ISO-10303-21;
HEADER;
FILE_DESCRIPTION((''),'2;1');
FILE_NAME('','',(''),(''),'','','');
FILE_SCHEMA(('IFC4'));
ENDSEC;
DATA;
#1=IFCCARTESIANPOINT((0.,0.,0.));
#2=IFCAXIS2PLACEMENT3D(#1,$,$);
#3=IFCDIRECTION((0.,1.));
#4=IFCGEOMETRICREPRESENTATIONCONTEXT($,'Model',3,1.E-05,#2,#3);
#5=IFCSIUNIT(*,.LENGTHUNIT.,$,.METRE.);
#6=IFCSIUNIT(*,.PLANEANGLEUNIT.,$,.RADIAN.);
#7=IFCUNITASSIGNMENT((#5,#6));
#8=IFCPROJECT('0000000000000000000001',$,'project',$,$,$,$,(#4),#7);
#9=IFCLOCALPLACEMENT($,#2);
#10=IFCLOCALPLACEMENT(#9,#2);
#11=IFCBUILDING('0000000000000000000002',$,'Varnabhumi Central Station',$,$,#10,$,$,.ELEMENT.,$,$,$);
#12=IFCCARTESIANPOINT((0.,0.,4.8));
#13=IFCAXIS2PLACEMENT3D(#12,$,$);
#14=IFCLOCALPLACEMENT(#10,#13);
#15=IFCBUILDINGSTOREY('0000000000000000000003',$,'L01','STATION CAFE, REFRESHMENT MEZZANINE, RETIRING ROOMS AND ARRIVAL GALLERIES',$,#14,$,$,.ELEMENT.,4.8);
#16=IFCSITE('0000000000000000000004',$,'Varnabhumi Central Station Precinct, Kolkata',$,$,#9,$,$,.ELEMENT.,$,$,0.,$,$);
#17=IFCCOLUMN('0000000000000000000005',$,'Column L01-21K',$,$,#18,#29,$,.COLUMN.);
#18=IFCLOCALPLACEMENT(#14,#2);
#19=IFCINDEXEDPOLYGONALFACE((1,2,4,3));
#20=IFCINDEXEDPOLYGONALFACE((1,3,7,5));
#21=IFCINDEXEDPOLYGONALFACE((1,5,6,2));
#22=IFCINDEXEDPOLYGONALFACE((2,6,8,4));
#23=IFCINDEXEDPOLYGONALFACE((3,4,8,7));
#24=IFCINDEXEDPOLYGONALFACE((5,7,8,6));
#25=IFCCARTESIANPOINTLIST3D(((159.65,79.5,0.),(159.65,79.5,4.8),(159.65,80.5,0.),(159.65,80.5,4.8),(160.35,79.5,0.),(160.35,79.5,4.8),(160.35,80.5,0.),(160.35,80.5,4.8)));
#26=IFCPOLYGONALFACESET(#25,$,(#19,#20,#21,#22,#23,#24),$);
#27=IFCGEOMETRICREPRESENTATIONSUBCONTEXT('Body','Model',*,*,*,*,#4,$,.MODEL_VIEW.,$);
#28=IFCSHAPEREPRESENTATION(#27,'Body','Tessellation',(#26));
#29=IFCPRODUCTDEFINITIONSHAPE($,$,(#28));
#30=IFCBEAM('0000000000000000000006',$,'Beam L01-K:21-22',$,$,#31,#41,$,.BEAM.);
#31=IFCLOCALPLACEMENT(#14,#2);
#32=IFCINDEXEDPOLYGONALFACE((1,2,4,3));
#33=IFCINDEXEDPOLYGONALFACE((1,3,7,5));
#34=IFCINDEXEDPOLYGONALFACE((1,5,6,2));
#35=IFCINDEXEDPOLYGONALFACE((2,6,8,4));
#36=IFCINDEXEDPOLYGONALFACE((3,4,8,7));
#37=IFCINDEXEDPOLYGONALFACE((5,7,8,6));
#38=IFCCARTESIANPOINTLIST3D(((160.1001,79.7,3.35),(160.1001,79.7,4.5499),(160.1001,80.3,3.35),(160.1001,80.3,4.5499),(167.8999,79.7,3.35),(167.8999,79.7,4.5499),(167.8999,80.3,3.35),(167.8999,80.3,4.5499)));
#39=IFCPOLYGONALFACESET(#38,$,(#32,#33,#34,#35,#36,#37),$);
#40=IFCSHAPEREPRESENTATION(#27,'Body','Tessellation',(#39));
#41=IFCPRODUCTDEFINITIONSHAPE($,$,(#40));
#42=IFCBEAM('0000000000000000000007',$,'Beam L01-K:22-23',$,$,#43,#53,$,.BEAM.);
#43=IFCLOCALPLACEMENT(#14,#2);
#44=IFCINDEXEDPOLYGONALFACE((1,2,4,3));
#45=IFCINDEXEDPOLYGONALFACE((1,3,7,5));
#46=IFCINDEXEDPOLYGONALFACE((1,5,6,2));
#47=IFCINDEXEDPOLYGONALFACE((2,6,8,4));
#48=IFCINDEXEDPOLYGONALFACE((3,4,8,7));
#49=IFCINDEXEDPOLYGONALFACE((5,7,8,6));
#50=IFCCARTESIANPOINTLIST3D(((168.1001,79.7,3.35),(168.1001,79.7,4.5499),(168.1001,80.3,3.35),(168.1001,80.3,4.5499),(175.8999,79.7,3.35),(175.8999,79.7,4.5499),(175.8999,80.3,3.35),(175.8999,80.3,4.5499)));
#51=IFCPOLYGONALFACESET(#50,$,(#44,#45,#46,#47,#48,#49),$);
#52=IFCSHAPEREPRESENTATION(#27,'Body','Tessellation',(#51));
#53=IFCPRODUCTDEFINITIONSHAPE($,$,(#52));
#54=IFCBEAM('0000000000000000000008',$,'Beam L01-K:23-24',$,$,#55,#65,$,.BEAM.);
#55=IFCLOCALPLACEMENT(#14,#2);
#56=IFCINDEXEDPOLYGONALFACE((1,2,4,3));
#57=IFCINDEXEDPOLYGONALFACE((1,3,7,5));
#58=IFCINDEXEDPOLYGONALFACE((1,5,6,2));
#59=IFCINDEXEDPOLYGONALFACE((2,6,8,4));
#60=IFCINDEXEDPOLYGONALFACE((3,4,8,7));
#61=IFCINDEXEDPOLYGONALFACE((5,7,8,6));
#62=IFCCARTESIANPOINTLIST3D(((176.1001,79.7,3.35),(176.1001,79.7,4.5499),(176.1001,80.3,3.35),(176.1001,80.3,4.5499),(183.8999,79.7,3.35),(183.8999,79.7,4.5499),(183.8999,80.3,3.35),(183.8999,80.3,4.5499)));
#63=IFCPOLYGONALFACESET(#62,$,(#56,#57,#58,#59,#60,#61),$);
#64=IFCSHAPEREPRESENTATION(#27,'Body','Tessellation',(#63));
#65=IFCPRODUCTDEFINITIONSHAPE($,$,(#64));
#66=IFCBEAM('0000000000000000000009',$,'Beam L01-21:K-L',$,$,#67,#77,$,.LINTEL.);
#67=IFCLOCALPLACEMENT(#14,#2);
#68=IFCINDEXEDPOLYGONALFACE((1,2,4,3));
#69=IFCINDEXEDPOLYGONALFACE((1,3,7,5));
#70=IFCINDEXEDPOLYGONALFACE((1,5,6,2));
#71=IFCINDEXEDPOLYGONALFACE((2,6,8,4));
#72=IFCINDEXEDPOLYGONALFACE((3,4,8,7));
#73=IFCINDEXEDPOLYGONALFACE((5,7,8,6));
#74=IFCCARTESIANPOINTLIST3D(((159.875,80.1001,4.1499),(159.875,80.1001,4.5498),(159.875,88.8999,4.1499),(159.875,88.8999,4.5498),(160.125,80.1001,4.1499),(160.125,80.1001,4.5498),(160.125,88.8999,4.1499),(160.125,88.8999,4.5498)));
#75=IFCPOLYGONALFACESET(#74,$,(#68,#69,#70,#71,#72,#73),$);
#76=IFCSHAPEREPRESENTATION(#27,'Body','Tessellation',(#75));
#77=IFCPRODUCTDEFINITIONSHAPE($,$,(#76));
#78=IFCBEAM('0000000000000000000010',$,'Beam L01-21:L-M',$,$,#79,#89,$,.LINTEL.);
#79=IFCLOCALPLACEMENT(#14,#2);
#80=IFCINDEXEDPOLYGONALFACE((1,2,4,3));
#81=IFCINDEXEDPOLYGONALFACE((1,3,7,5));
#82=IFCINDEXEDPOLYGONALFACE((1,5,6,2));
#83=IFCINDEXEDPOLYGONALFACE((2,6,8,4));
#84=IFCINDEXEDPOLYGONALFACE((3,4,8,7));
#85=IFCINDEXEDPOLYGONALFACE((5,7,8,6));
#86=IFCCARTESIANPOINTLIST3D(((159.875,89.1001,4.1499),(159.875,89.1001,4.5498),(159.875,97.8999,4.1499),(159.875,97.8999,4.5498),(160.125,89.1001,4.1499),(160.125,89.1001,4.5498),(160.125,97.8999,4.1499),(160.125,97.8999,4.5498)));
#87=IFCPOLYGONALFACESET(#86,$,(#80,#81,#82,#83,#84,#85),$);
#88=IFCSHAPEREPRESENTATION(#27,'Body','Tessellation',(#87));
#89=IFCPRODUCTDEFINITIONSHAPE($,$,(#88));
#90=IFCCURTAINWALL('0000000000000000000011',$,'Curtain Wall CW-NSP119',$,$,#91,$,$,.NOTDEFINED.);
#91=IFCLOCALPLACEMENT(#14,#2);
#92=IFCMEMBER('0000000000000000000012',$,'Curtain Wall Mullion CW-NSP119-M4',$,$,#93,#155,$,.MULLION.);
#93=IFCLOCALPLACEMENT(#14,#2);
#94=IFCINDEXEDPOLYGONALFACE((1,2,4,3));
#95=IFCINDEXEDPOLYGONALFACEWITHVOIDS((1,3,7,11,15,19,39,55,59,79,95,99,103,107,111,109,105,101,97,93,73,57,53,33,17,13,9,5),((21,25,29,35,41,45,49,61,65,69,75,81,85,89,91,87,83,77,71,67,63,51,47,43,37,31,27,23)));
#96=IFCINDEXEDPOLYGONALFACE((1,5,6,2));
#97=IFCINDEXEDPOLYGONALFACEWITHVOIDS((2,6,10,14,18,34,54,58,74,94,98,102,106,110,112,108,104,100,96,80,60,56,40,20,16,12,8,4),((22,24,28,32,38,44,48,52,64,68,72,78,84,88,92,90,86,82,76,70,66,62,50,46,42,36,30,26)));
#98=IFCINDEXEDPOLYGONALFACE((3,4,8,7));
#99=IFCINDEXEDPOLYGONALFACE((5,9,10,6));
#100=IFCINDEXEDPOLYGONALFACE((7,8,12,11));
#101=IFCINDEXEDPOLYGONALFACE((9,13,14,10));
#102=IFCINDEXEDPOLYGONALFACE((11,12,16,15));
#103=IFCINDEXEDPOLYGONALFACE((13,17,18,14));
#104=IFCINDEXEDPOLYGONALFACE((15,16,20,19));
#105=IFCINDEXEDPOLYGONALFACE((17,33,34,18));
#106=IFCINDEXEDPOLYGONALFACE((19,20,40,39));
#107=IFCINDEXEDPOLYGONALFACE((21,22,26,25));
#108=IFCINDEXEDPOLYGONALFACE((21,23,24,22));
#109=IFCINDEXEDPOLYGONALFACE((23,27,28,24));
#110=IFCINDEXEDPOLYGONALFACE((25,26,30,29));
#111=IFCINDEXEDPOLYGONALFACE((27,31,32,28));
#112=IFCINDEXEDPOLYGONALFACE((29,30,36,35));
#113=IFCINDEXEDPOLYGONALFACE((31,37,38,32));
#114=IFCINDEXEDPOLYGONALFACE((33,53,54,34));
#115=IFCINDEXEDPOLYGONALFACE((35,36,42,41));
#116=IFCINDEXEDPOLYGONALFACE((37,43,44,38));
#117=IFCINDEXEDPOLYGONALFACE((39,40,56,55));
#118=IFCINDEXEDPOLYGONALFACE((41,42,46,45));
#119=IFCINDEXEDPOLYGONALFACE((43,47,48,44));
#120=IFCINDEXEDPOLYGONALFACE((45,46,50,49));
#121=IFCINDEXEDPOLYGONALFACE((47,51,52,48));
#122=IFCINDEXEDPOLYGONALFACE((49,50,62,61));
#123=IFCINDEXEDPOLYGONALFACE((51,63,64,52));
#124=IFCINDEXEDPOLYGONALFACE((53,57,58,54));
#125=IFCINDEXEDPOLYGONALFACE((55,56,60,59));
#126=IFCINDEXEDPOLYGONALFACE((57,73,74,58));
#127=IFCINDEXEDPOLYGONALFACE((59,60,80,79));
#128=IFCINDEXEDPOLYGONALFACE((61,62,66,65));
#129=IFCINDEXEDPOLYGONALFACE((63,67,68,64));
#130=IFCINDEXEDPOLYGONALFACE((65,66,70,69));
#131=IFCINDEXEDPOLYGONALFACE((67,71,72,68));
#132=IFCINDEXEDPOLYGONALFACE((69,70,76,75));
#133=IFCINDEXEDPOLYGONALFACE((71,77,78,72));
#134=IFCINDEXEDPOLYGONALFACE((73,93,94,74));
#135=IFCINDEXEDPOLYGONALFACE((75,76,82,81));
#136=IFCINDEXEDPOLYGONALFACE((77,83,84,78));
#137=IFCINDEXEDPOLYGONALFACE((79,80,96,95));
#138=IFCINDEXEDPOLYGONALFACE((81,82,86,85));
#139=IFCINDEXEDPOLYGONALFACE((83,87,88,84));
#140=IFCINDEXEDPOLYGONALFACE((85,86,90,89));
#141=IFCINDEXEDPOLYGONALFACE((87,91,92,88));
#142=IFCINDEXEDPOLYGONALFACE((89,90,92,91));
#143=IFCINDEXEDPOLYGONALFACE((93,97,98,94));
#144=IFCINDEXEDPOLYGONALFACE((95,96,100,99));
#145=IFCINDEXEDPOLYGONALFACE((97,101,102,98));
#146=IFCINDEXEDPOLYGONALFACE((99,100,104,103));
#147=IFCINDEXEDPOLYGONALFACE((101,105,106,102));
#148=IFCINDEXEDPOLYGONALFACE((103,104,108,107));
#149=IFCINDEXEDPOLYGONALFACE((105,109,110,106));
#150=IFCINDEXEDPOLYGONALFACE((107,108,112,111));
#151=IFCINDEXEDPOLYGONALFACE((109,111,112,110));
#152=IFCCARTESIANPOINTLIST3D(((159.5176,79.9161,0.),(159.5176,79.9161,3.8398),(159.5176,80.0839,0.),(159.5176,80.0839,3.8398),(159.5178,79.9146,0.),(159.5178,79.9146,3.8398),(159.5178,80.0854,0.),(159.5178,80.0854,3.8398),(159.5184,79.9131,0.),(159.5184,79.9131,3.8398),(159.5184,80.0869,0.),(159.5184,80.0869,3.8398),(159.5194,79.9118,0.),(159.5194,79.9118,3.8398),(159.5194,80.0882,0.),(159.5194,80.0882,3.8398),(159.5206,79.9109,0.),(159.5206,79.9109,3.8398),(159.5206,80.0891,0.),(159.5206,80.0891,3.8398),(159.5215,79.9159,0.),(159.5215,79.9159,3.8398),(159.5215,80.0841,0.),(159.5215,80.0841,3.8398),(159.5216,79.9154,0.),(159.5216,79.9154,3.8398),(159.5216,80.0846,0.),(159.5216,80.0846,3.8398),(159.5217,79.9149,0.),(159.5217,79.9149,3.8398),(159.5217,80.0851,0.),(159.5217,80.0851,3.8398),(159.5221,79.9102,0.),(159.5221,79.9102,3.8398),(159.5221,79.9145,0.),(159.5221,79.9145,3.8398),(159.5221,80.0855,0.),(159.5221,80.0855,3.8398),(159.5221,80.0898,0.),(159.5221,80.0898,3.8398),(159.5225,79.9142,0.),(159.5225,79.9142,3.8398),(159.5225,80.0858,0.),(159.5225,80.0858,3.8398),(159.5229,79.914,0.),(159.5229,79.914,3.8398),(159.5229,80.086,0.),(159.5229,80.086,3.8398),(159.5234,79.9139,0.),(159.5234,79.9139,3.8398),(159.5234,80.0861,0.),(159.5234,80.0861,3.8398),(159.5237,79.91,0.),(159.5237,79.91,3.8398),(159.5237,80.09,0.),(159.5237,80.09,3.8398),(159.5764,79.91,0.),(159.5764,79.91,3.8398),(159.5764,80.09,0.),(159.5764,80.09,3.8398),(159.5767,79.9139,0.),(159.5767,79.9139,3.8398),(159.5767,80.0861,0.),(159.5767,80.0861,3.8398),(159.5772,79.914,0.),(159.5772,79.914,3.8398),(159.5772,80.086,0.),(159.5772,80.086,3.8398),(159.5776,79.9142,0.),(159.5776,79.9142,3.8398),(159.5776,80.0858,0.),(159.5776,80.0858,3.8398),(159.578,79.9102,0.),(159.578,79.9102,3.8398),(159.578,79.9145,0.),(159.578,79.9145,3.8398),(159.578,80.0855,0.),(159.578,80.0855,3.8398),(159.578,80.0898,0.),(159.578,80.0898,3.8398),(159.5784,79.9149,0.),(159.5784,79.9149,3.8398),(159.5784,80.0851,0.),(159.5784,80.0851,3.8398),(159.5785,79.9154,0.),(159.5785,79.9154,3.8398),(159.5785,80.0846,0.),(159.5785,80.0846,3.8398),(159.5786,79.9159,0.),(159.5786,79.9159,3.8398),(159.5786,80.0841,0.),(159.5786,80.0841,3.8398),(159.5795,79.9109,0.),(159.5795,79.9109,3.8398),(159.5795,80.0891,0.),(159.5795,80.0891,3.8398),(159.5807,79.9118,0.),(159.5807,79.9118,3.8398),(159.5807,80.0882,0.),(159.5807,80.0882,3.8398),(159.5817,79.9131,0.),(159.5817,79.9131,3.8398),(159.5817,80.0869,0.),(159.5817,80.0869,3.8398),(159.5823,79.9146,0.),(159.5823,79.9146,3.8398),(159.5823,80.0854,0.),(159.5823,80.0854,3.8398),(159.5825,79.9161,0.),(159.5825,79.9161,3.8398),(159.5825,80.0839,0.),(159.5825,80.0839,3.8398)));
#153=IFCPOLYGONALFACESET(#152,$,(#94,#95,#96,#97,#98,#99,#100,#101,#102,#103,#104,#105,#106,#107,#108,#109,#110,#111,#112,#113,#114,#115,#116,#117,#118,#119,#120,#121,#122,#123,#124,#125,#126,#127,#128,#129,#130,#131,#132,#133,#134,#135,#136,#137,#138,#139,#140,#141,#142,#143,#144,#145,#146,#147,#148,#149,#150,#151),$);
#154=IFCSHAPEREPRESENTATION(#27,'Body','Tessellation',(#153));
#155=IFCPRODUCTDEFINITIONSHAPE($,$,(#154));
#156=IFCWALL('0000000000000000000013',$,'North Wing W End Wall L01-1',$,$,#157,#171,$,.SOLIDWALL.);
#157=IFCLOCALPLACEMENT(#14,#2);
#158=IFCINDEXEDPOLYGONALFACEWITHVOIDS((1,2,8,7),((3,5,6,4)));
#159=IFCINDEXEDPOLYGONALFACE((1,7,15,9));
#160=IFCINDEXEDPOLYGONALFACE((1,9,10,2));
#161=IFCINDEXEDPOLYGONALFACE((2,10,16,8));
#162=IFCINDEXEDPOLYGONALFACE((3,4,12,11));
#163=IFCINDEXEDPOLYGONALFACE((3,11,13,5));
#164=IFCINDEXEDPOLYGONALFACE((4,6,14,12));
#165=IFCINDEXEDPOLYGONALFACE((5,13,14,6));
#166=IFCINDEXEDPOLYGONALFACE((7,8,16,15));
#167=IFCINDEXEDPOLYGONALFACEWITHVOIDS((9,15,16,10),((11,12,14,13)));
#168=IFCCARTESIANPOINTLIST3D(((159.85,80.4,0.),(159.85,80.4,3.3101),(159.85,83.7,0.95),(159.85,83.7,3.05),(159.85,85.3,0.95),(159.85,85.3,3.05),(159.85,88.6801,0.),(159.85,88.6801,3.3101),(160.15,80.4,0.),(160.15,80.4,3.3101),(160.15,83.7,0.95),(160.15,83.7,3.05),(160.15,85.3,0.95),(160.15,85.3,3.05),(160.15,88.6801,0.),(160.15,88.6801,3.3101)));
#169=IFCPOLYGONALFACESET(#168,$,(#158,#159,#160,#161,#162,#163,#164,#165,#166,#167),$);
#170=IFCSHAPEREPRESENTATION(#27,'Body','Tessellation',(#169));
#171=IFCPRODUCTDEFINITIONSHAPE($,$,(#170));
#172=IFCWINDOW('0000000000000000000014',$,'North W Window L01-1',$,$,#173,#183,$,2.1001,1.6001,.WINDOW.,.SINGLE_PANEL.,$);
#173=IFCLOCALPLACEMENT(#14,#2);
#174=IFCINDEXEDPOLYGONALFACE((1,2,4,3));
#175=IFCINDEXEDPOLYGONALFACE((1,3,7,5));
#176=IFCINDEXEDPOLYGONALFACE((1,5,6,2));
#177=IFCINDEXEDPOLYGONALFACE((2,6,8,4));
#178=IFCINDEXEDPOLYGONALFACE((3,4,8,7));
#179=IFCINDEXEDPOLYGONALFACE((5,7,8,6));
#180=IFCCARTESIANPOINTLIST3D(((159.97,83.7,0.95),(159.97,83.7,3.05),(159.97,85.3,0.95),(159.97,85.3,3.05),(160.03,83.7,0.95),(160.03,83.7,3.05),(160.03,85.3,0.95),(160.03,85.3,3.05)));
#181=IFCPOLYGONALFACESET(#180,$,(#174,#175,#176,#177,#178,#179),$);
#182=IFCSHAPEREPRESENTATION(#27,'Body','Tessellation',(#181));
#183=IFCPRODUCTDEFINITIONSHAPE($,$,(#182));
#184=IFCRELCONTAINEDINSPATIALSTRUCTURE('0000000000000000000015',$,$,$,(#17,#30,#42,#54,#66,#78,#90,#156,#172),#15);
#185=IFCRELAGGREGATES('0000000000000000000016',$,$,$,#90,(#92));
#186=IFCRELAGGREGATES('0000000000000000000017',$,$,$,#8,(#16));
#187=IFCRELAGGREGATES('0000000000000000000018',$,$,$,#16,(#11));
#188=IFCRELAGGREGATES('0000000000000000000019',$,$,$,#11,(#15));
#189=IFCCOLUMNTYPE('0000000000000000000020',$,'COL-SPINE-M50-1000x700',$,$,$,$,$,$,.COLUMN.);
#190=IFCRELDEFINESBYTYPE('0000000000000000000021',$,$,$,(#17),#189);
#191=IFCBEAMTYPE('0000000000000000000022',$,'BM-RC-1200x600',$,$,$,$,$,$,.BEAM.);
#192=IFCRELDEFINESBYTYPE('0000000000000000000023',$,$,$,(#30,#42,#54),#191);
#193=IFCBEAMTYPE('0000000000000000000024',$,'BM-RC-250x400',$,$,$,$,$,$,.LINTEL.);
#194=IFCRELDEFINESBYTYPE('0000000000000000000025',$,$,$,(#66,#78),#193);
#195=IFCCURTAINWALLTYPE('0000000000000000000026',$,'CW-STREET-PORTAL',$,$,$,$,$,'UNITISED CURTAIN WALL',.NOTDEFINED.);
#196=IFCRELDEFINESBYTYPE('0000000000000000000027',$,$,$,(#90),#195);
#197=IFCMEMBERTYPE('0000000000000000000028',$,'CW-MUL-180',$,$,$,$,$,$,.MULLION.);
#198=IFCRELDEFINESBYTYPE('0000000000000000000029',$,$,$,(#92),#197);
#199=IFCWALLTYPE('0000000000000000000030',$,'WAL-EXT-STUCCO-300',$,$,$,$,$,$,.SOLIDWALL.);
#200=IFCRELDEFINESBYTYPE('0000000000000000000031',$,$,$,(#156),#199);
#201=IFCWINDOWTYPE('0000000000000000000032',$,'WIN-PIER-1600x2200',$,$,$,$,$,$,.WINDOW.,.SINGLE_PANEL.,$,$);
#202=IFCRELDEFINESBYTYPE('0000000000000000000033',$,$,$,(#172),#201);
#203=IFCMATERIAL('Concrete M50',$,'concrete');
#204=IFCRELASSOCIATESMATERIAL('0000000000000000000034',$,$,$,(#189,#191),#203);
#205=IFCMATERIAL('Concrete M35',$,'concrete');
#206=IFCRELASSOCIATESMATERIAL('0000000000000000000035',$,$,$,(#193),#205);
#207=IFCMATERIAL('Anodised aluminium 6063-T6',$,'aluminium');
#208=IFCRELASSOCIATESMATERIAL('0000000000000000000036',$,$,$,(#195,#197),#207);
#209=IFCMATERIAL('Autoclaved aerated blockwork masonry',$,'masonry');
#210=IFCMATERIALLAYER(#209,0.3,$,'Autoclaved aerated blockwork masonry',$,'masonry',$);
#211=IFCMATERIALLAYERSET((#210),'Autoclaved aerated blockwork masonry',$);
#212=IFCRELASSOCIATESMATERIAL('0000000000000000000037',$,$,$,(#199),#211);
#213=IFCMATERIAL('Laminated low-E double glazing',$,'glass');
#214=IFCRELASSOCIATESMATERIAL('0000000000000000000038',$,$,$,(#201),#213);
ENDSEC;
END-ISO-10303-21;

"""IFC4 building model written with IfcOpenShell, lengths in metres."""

from ifc_helpers import new_model, si_unit, direction, frame, frame_2d, origin, origin_2d, place, context, subcontext, project, spatial, rectangle, hollow_rectangle, extrude, material, layer, layer_set, material_profile, profile_set, type_object, element, fill, aggregate, save


model = new_model("IFC4")

# Units and contexts
model_context = context("Model", 3, precision=1e-05, world=origin(), true_north=direction((0.0, 1.0)))
body_context = subcontext(model_context, "Body", "Model", "MODEL_VIEW")
ifc_project = project(units=[si_unit("LENGTHUNIT", "METRE"), si_unit("PLANEANGLEUNIT", "RADIAN")], contexts=[model_context])

# Site, building, storey
site_placement = place(None, origin())
site = spatial("IfcSite", under=ifc_project, at=site_placement, Name="Varnabhumi Central Station Precinct, Kolkata", CompositionType="ELEMENT", RefElevation=0.0)
building_placement = place(site_placement, origin())
building = spatial("IfcBuilding", under=site, at=building_placement, Name="Varnabhumi Central Station", CompositionType="ELEMENT")
storey_placement = place(building_placement, frame((0.0, 0.0, 4.8)))
storey = spatial("IfcBuildingStorey", under=building, at=storey_placement, Name="L01", Description="STATION CAFE, REFRESHMENT MEZZANINE, RETIRING ROOMS AND ARRIVAL GALLERIES", CompositionType="ELEMENT", Elevation=4.8)

# Column
ifc_material_1 = material(Name="Concrete M50", Category="concrete")
ifc_material_profile_1 = material_profile(ifc_material_1, rectangle(XDim=0.7, YDim=1.0, at=origin_2d()), Name="Concrete M50", Category="concrete")
ifc_profile_set_1 = profile_set([ifc_material_profile_1], Name="Concrete M50")
column_type_1 = type_object("IfcColumnType", Name="COL-SPINE-M50-1000x700", PredefinedType="COLUMN", material=ifc_profile_set_1)
column_1_placement = place(storey_placement, frame((160.0, 80.0, 0.0), z_axis=(0.0, 0.0, 1.0), x_axis=(1.0, 0.0, 0.0)))
element("IfcColumn", 1, at=column_1_placement, inside=storey, type_object=column_type_1, Name="Column L01-21K", PredefinedType="COLUMN", context=body_context, shape_type="SweptSolid", body=[
    extrude(rectangle(XDim=0.7, YDim=1.0, at=origin_2d()), origin(), (0.0, 0.0, 1.0), 4.8),
])

# Beams
ifc_material_profile_2 = material_profile(ifc_material_1, rectangle(XDim=0.6001, YDim=1.2, at=origin_2d()), Name="Concrete M50", Category="concrete")
ifc_profile_set_2 = profile_set([ifc_material_profile_2], Name="Concrete M50")
beam_type_1 = type_object("IfcBeamType", Name="BM-RC-1200x600", PredefinedType="BEAM", material=ifc_profile_set_2)
for number, where, z_axis, x_axis, name in (
    (2, (160.1001, 80.0, 3.95), (1.0, 0.0, 0.0), (0.0, 1.0, 0.0), "Beam L01-K:21-22"),
    (3, (168.1001, 80.0, 3.95), (1.0, 0.0, 0.0), (0.0, 1.0, 0.0), "Beam L01-K:22-23"),
    (4, (176.1001, 80.0, 3.95), (1.0, 0.0, 0.0), (0.0, 1.0, 0.0), "Beam L01-K:23-24"),
):
    element("IfcBeam", number, at=place(storey_placement, frame(where, z_axis=z_axis, x_axis=x_axis)), inside=storey, type_object=beam_type_1, Name=name, PredefinedType="BEAM", context=body_context, shape_type="SweptSolid", body=[
        extrude(rectangle(XDim=0.6001, YDim=1.2, at=origin_2d()), origin(), (0.0, 0.0, 1.0), 7.7998),
    ])
ifc_material_2 = material(Name="Concrete M35", Category="concrete")
ifc_material_profile_3 = material_profile(ifc_material_2, rectangle(XDim=0.25, YDim=0.3999, at=origin_2d()), Name="Concrete M35", Category="concrete")
ifc_profile_set_3 = profile_set([ifc_material_profile_3], Name="Concrete M35")
beam_type_2 = type_object("IfcBeamType", Name="BM-RC-250x400", PredefinedType="LINTEL", material=ifc_profile_set_3)
for number, where, z_axis, x_axis, name in (
    (5, (160.0, 80.1001, 4.3499), (0.0, 1.0, 0.0), (-1.0, 0.0, 0.0), "Beam L01-21:K-L"),
    (6, (160.0, 89.1001, 4.3499), (0.0, 1.0, 0.0), (-1.0, 0.0, 0.0), "Beam L01-21:L-M"),
):
    element("IfcBeam", number, at=place(storey_placement, frame(where, z_axis=z_axis, x_axis=x_axis)), inside=storey, type_object=beam_type_2, Name=name, PredefinedType="LINTEL", context=body_context, shape_type="SweptSolid", body=[
        extrude(rectangle(XDim=0.25, YDim=0.3999, at=origin_2d()), origin(), (0.0, 0.0, 1.0), 8.7998),
    ])

# Curtain wall, member
ifc_material_3 = material(Name="Anodised aluminium 6063-T6", Category="aluminium")
curtain_wall_type = type_object("IfcCurtainWallType", Name="CW-STREET-PORTAL", ElementType="UNITISED CURTAIN WALL", PredefinedType="NOTDEFINED", material=ifc_material_3)
curtain_wall_placement = place(storey_placement, origin())
curtain_wall = element("IfcCurtainWall", 7, at=curtain_wall_placement, inside=storey, type_object=curtain_wall_type, Name="Curtain Wall CW-NSP119", PredefinedType="NOTDEFINED")
ifc_material_profile_4 = material_profile(ifc_material_3, hollow_rectangle(XDim=0.0649, YDim=0.1799, WallThickness=0.0039, InnerFilletRadius=0.002, OuterFilletRadius=0.0061, at=origin_2d()), Name="Anodised aluminium 6063-T6", Category="aluminium")
ifc_profile_set_4 = profile_set([ifc_material_profile_4], Name="Anodised aluminium 6063-T6")
member_type = type_object("IfcMemberType", Name="CW-MUL-180", PredefinedType="MULLION", material=ifc_profile_set_4)
member_placement = place(storey_placement, frame((159.55, 80.0, 0.0), z_axis=(0.0, 0.0, 1.0), x_axis=(1.0, 0.0, 0.0)))
member = element("IfcMember", 8, at=member_placement, type_object=member_type, Name="Curtain Wall Mullion CW-NSP119-M4", PredefinedType="MULLION", context=body_context, shape_type="SweptSolid", body=[
    extrude(hollow_rectangle(XDim=0.0649, YDim=0.1799, WallThickness=0.0039, InnerFilletRadius=0.002, OuterFilletRadius=0.0061, at=origin_2d()), origin(), (0.0, 0.0, 1.0), 3.8398),
])
aggregate(curtain_wall, [member])

# Wall, opening, window
ifc_material_4 = material(Name="Autoclaved aerated blockwork masonry", Category="masonry")
ifc_layer_1 = layer(ifc_material_4, 0.3, Name="Autoclaved aerated blockwork masonry", Category="masonry")
ifc_layer_set_1 = layer_set([ifc_layer_1], Name="Autoclaved aerated blockwork masonry")
wall_type = type_object("IfcWallType", Name="WAL-EXT-STUCCO-300", PredefinedType="SOLIDWALL", material=ifc_layer_set_1)
wall_1_placement = place(storey_placement, frame((160.0, 80.3999, 0.0), z_axis=(0.0, 0.0, 1.0), x_axis=(0.0, 1.0, 0.0)))
wall_1 = element("IfcWall", 9, at=wall_1_placement, inside=storey, type_object=wall_type, Name="North Wing W End Wall L01-1", PredefinedType="SOLIDWALL", context=body_context, shape_type="SweptSolid", body=[
    extrude(rectangle(XDim=8.28, YDim=0.3, at=frame_2d((4.1401, 0.0))), origin(), (0.0, 0.0, 1.0), 3.3101),
])
opening_1_placement = place(wall_1_placement, frame((3.3, 0.0, 0.95)))
opening_1 = element("IfcOpeningElement", 10, at=opening_1_placement, cuts=wall_1, PredefinedType="OPENING", context=body_context, shape_type="SweptSolid", body=[
    extrude(rectangle(XDim=1.6001, YDim=2.1001, at=frame_2d((0.8, 1.05))), frame((0.0, 0.1599, 0.0), z_axis=(0.0, -1.0, 0.0), x_axis=(1.0, 0.0, 0.0)), (0.0, 0.0, 1.0), 0.3201),
])
ifc_material_5 = material(Name="Laminated low-E double glazing", Category="glass")
window_type = type_object("IfcWindowType", Name="WIN-PIER-1600x2200", PartitioningType="SINGLE_PANEL", PredefinedType="WINDOW", material=ifc_material_5)
window_1_placement = place(opening_1_placement, origin())
window_1 = element("IfcWindow", 11, at=window_1_placement, inside=storey, type_object=window_type, Name="North W Window L01-1", OverallHeight=2.1001, OverallWidth=1.6001, PartitioningType="SINGLE_PANEL", PredefinedType="WINDOW", context=body_context, shape_type="SweptSolid", body=[
    extrude(rectangle(XDim=1.6001, YDim=2.1001, at=frame_2d((0.8, 1.05))), frame((0.0, 0.03, 0.0), z_axis=(0.0, -1.0, 0.0), x_axis=(1.0, 0.0, 0.0)), (0.0, 0.0, 1.0), 0.0601),
])
fill(opening_1, window_1)

save(model, "model.ifc")
